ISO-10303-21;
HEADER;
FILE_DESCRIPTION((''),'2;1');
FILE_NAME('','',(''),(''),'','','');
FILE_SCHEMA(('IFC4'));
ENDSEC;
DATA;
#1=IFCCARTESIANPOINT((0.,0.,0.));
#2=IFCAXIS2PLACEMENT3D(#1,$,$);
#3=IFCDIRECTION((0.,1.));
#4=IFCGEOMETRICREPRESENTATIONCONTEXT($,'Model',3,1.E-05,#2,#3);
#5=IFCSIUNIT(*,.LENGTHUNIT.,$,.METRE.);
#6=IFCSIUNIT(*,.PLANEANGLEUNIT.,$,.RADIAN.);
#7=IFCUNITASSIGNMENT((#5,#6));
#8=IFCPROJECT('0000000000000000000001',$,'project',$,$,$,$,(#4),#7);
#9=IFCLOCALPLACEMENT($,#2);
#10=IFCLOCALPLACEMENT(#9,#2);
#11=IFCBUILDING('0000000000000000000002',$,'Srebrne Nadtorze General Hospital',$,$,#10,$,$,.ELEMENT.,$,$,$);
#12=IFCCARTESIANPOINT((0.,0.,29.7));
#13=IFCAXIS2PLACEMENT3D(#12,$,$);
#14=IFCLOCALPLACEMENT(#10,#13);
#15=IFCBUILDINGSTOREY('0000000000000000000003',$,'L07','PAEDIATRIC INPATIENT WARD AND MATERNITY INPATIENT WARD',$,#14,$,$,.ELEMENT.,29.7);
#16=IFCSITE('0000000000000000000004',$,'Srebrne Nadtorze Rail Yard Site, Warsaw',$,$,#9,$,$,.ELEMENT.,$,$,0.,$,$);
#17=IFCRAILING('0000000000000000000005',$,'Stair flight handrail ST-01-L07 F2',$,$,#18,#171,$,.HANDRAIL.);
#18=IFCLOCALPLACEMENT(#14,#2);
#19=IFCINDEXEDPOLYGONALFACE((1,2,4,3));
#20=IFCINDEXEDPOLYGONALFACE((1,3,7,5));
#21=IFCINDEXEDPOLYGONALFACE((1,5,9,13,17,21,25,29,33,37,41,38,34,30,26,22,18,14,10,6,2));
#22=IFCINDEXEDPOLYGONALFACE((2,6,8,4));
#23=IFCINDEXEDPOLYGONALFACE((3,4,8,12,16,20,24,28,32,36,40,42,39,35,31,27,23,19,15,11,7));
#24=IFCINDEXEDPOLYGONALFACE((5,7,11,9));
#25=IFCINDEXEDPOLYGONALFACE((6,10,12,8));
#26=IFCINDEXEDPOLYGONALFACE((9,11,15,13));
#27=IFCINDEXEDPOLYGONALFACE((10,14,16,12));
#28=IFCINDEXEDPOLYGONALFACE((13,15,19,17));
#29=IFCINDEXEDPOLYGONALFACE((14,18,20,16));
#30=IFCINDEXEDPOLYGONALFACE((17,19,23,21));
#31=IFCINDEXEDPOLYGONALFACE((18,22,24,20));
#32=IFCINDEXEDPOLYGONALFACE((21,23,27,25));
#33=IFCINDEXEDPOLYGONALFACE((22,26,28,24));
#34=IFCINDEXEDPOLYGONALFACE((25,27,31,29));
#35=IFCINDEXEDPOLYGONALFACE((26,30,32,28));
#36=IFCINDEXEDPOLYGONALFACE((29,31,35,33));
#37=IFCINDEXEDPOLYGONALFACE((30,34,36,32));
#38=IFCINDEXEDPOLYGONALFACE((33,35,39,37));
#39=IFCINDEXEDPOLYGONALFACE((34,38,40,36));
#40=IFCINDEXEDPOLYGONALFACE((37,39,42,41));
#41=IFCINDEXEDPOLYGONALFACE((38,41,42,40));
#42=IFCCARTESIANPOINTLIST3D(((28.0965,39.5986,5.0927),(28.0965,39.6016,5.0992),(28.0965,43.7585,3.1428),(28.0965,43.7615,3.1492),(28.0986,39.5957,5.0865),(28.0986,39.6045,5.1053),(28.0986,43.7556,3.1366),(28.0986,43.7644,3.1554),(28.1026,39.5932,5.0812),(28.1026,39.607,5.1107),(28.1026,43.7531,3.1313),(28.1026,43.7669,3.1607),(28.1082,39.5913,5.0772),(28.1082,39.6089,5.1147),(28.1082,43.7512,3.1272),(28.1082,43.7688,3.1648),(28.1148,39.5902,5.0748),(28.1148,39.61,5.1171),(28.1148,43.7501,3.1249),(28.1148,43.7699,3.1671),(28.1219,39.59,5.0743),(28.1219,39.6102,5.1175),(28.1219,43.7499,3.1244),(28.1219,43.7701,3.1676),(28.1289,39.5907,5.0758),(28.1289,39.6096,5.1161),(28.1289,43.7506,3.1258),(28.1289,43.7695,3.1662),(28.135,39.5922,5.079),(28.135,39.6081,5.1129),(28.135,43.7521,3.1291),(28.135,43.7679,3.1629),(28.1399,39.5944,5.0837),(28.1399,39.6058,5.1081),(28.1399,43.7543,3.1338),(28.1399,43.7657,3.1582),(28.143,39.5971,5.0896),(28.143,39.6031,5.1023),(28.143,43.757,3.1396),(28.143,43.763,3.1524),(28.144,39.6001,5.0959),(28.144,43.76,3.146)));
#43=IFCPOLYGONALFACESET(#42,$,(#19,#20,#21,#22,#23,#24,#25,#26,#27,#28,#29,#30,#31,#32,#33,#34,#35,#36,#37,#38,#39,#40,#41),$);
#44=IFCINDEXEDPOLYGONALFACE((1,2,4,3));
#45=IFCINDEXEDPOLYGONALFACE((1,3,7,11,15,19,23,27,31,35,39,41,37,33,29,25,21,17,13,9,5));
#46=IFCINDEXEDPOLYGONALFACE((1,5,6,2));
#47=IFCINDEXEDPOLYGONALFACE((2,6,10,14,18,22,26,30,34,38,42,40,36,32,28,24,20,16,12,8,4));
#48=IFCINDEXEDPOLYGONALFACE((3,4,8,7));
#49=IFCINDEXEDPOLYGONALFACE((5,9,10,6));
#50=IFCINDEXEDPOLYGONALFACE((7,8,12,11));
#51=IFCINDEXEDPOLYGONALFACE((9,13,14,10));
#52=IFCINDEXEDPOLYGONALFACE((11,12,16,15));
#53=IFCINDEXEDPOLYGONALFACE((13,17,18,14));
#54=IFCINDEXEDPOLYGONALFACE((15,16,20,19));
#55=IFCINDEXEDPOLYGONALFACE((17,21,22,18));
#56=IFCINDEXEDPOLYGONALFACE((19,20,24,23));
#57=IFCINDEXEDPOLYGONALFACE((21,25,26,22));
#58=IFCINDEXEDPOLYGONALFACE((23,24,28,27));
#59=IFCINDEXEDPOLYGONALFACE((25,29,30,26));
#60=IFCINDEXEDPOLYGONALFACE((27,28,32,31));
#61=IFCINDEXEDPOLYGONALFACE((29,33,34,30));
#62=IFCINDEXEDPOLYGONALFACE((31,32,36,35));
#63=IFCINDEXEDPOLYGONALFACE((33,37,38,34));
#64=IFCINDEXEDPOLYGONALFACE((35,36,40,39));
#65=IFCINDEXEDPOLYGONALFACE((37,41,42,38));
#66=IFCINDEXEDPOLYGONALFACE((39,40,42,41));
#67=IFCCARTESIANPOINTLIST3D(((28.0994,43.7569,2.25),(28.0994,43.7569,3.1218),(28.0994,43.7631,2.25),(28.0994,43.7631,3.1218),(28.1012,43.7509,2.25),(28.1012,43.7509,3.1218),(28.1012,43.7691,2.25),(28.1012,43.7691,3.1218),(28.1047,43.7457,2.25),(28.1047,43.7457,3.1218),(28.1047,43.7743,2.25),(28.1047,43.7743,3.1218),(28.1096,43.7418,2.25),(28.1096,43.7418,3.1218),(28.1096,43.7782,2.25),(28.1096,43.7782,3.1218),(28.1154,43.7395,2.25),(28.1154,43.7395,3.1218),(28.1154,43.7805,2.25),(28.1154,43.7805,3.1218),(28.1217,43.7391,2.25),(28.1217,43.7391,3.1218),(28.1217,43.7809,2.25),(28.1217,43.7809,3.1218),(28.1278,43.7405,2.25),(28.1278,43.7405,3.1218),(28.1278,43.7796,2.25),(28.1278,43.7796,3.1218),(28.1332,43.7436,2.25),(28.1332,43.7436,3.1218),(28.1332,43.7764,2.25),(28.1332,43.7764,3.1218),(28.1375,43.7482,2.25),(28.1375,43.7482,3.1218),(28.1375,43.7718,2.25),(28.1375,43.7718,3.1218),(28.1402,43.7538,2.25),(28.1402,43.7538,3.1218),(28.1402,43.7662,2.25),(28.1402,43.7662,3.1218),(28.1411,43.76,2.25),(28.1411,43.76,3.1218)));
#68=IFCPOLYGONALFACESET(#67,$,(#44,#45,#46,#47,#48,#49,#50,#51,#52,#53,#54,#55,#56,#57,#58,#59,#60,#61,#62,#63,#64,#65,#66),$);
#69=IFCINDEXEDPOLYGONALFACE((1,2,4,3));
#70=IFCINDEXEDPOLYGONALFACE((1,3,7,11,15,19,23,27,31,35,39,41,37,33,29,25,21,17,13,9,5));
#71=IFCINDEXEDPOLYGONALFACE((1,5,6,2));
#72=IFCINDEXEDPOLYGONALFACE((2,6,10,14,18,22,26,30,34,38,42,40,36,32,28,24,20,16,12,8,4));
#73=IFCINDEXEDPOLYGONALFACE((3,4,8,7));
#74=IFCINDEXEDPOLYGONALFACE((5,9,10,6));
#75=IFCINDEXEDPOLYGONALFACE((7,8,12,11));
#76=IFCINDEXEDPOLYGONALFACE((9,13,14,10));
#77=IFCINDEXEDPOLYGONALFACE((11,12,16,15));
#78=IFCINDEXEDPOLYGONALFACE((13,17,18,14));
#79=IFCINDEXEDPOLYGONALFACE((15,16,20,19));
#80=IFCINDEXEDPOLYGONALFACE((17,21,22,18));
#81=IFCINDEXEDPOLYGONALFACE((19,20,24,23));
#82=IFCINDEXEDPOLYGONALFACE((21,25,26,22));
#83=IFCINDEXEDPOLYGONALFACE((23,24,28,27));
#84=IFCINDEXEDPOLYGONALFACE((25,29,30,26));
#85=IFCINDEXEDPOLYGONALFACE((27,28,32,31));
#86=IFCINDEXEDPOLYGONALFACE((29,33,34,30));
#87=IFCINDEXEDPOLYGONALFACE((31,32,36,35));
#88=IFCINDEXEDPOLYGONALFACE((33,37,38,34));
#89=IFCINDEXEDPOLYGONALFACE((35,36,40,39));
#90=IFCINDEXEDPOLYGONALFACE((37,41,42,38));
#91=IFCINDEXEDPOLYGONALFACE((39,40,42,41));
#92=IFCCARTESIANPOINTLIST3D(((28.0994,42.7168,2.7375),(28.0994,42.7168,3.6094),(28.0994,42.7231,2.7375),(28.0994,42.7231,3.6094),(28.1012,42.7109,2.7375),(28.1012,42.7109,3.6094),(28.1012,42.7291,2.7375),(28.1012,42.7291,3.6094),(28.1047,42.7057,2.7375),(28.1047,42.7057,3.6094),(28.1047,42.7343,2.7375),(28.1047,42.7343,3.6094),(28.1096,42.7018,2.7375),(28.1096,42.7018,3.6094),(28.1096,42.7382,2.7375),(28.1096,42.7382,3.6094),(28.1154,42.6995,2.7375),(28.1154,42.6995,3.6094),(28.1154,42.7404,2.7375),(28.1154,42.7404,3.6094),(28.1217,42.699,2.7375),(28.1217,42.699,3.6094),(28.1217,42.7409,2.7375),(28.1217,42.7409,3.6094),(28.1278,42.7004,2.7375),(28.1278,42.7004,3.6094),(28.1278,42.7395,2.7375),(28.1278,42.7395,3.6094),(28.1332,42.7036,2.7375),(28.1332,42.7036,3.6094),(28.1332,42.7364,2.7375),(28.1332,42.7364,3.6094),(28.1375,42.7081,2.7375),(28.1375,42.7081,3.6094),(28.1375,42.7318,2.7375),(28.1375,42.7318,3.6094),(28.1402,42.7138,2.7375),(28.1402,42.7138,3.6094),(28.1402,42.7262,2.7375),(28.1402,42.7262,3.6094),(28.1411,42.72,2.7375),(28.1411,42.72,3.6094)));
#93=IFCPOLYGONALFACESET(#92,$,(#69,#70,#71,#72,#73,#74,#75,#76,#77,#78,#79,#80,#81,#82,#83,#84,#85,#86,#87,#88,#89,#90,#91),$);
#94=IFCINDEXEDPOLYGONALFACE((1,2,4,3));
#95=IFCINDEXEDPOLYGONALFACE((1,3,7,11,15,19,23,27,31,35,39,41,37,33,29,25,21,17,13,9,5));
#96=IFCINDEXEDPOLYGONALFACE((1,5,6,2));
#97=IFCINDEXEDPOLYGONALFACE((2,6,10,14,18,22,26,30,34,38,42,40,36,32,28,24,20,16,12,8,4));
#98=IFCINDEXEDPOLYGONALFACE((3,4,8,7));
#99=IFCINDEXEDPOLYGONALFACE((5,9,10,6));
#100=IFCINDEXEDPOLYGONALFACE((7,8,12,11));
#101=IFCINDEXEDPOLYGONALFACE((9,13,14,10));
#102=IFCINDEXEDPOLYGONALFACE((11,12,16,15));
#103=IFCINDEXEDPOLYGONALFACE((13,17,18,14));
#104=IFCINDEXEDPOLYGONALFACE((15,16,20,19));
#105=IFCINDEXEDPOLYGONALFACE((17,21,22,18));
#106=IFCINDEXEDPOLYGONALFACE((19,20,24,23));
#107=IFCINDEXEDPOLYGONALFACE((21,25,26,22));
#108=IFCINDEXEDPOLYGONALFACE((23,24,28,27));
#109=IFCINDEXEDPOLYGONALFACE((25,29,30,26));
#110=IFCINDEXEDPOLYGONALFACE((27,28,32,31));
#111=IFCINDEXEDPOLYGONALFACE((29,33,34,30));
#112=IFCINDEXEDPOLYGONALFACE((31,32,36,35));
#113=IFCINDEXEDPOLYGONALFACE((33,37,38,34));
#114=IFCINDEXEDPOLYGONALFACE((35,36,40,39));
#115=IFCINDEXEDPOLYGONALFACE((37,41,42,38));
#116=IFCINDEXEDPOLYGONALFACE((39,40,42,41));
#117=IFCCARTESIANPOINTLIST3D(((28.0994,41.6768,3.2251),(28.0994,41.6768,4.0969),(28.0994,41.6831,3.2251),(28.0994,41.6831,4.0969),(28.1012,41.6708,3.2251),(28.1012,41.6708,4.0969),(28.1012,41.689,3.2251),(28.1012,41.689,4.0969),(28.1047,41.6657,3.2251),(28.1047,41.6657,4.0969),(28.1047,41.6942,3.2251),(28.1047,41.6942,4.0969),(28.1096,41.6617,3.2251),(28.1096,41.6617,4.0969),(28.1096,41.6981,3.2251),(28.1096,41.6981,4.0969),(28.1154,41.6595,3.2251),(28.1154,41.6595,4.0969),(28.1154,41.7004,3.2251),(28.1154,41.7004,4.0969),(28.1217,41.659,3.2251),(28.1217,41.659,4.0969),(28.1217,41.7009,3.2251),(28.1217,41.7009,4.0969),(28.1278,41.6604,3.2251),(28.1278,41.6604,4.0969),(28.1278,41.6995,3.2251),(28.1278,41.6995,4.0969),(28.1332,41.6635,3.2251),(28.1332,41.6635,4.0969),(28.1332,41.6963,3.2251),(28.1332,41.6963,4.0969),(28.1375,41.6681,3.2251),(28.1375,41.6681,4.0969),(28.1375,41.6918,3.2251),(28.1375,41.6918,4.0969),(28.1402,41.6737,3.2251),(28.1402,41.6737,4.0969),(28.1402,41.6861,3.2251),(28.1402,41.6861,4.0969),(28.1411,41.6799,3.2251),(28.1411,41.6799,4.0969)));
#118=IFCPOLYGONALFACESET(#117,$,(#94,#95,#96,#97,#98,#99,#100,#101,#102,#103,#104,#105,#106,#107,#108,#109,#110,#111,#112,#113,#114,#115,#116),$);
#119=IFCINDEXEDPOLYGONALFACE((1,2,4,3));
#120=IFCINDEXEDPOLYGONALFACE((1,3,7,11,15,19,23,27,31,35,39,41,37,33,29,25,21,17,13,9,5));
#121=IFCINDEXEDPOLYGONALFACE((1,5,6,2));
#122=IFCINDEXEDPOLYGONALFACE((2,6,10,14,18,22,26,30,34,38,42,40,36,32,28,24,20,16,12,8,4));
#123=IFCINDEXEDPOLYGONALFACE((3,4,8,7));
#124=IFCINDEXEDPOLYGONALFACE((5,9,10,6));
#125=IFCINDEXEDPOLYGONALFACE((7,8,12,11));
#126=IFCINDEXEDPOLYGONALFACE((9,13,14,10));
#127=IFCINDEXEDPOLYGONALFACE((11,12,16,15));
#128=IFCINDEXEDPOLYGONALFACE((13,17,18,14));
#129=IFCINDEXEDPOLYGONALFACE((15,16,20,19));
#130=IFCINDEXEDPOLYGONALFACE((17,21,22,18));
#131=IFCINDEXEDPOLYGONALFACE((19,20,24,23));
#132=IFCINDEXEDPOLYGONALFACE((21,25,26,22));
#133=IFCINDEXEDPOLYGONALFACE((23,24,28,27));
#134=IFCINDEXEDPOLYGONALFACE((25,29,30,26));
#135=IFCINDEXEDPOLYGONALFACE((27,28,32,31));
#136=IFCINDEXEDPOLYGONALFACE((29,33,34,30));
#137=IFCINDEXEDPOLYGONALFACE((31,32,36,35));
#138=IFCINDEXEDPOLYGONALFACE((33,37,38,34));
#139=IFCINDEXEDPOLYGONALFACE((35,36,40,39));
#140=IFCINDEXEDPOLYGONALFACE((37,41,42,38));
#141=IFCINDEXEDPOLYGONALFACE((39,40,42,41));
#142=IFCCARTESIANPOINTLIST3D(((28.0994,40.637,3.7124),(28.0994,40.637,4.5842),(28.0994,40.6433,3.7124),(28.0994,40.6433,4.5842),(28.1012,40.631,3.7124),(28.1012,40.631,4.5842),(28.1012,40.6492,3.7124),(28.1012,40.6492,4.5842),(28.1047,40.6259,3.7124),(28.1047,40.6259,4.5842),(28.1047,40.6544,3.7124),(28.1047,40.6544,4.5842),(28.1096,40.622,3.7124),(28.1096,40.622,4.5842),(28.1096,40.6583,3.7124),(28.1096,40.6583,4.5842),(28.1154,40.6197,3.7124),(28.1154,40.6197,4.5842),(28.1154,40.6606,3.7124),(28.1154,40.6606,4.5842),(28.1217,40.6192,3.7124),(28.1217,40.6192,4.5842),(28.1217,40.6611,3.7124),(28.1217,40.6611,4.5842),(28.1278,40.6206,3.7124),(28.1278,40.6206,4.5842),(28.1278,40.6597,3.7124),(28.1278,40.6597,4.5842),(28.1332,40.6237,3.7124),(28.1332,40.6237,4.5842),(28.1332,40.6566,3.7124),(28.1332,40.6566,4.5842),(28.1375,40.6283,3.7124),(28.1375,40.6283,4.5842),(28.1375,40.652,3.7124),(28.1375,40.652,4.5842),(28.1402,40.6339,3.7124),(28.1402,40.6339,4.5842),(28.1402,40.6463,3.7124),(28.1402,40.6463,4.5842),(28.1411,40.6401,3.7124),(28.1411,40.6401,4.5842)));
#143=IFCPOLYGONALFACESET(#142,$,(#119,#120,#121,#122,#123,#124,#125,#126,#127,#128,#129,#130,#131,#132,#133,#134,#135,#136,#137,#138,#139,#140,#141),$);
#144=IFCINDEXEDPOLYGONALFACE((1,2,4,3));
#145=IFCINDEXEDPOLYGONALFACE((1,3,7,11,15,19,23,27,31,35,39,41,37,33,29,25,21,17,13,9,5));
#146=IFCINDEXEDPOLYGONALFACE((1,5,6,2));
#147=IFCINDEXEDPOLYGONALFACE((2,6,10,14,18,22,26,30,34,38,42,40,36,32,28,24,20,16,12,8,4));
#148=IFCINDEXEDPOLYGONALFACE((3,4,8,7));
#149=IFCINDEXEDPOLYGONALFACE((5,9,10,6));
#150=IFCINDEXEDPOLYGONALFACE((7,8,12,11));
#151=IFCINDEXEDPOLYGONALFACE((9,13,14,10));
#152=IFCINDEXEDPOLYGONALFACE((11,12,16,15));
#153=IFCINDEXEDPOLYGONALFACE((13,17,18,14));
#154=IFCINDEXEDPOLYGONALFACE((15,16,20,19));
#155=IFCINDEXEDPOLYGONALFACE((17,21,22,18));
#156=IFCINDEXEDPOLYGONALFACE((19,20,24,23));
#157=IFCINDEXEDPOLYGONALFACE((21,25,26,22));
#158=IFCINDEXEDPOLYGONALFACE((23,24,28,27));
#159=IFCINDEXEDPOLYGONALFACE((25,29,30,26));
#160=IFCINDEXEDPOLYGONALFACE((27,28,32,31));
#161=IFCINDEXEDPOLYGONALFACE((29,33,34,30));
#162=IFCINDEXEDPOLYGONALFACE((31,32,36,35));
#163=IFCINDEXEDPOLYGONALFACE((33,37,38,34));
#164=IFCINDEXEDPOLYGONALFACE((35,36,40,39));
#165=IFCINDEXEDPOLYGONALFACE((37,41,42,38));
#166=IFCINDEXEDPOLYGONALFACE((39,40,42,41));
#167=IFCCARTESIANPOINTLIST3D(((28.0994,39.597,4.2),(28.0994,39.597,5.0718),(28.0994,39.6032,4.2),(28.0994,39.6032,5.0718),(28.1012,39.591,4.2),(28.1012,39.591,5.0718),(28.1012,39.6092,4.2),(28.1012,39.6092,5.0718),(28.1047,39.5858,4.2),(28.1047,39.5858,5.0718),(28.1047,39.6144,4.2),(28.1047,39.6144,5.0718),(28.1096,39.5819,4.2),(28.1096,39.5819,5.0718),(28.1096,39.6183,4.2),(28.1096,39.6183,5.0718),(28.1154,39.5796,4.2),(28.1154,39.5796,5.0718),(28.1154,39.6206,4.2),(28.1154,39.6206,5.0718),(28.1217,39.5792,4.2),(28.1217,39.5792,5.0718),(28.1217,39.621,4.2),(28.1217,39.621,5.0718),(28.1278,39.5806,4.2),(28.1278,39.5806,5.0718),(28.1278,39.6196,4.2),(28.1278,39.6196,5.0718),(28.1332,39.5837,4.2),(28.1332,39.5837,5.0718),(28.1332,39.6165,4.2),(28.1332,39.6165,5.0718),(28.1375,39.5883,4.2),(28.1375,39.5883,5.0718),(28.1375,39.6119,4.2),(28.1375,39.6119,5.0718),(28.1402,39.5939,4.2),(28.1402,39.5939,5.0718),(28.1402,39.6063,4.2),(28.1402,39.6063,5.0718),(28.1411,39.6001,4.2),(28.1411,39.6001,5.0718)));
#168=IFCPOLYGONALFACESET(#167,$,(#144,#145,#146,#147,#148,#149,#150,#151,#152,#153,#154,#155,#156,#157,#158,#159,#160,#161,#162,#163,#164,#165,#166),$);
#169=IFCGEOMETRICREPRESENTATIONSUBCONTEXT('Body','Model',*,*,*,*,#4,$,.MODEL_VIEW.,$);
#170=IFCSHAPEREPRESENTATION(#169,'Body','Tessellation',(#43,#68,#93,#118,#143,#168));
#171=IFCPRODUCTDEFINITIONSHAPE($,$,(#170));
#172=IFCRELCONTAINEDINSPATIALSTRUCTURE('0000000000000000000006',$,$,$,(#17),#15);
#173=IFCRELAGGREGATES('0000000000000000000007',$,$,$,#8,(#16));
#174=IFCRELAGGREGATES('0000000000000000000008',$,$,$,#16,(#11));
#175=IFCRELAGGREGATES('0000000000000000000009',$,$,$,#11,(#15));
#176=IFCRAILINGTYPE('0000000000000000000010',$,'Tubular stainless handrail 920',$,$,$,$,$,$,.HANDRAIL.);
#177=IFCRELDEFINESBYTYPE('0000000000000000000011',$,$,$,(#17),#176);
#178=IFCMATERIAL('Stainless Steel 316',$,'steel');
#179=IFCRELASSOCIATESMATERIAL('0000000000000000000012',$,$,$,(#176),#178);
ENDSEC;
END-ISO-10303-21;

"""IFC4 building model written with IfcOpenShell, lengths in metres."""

from ifc_helpers import new_model, si_unit, direction, frame, origin, origin_2d, place, context, subcontext, project, spatial, circle, extrude, material, type_object, element, save


model = new_model("IFC4")

# Units and contexts
model_context = context("Model", 3, precision=1e-05, world=origin(), true_north=direction((0.0, 1.0)))
body_context = subcontext(model_context, "Body", "Model", "MODEL_VIEW")
ifc_project = project(units=[si_unit("LENGTHUNIT", "METRE"), si_unit("PLANEANGLEUNIT", "RADIAN")], contexts=[model_context])

# Site, building, storey
site_placement = place(None, origin())
site = spatial("IfcSite", under=ifc_project, at=site_placement, Name="Srebrne Nadtorze Rail Yard Site, Warsaw", CompositionType="ELEMENT", RefElevation=0.0)
building_placement = place(site_placement, origin())
building = spatial("IfcBuilding", under=site, at=building_placement, Name="Srebrne Nadtorze General Hospital", CompositionType="ELEMENT")
storey_placement = place(building_placement, frame((0.0, 0.0, 29.7)))
storey = spatial("IfcBuildingStorey", under=building, at=storey_placement, Name="L07", Description="PAEDIATRIC INPATIENT WARD AND MATERNITY INPATIENT WARD", CompositionType="ELEMENT", Elevation=29.7)

# Railing
ifc_material_1 = material(Name="Stainless Steel 316", Category="steel")
railing_type_1 = type_object("IfcRailingType", Name="Tubular stainless handrail 920", PredefinedType="HANDRAIL", material=ifc_material_1)
railing_1_placement = place(storey_placement, frame((28.1201, 43.76, 2.25)))
element("IfcRailing", 1, at=railing_1_placement, inside=storey, type_object=railing_type_1, Name="Stair flight handrail ST-01-L07 F2", PredefinedType="HANDRAIL", context=body_context, shape_type="SweptSolid", body=[
    extrude(circle(Radius=0.0239, at=origin_2d()), frame((0.0, 0.0, 0.896), z_axis=(0.0, -0.90546, 0.424433), x_axis=(1.0, 0.0, 0.0)), (0.0, 0.0, 1.0), 4.5942),
    extrude(circle(Radius=0.021, at=origin_2d()), origin(), (0.0, 0.0, 1.0), 0.8718),
    extrude(circle(Radius=0.021, at=origin_2d()), frame((0.0, -1.04, 0.4875)), (0.0, 0.0, 1.0), 0.8718),
    extrude(circle(Radius=0.021, at=origin_2d()), frame((0.0, -2.0801, 0.9751)), (0.0, 0.0, 1.0), 0.8718),
    extrude(circle(Radius=0.021, at=origin_2d()), frame((0.0, -3.1199, 1.4624)), (0.0, 0.0, 1.0), 0.8718),
    extrude(circle(Radius=0.021, at=origin_2d()), frame((0.0, -4.1599, 1.95)), (0.0, 0.0, 1.0), 0.8718),
])

save(model, "model.ifc")
